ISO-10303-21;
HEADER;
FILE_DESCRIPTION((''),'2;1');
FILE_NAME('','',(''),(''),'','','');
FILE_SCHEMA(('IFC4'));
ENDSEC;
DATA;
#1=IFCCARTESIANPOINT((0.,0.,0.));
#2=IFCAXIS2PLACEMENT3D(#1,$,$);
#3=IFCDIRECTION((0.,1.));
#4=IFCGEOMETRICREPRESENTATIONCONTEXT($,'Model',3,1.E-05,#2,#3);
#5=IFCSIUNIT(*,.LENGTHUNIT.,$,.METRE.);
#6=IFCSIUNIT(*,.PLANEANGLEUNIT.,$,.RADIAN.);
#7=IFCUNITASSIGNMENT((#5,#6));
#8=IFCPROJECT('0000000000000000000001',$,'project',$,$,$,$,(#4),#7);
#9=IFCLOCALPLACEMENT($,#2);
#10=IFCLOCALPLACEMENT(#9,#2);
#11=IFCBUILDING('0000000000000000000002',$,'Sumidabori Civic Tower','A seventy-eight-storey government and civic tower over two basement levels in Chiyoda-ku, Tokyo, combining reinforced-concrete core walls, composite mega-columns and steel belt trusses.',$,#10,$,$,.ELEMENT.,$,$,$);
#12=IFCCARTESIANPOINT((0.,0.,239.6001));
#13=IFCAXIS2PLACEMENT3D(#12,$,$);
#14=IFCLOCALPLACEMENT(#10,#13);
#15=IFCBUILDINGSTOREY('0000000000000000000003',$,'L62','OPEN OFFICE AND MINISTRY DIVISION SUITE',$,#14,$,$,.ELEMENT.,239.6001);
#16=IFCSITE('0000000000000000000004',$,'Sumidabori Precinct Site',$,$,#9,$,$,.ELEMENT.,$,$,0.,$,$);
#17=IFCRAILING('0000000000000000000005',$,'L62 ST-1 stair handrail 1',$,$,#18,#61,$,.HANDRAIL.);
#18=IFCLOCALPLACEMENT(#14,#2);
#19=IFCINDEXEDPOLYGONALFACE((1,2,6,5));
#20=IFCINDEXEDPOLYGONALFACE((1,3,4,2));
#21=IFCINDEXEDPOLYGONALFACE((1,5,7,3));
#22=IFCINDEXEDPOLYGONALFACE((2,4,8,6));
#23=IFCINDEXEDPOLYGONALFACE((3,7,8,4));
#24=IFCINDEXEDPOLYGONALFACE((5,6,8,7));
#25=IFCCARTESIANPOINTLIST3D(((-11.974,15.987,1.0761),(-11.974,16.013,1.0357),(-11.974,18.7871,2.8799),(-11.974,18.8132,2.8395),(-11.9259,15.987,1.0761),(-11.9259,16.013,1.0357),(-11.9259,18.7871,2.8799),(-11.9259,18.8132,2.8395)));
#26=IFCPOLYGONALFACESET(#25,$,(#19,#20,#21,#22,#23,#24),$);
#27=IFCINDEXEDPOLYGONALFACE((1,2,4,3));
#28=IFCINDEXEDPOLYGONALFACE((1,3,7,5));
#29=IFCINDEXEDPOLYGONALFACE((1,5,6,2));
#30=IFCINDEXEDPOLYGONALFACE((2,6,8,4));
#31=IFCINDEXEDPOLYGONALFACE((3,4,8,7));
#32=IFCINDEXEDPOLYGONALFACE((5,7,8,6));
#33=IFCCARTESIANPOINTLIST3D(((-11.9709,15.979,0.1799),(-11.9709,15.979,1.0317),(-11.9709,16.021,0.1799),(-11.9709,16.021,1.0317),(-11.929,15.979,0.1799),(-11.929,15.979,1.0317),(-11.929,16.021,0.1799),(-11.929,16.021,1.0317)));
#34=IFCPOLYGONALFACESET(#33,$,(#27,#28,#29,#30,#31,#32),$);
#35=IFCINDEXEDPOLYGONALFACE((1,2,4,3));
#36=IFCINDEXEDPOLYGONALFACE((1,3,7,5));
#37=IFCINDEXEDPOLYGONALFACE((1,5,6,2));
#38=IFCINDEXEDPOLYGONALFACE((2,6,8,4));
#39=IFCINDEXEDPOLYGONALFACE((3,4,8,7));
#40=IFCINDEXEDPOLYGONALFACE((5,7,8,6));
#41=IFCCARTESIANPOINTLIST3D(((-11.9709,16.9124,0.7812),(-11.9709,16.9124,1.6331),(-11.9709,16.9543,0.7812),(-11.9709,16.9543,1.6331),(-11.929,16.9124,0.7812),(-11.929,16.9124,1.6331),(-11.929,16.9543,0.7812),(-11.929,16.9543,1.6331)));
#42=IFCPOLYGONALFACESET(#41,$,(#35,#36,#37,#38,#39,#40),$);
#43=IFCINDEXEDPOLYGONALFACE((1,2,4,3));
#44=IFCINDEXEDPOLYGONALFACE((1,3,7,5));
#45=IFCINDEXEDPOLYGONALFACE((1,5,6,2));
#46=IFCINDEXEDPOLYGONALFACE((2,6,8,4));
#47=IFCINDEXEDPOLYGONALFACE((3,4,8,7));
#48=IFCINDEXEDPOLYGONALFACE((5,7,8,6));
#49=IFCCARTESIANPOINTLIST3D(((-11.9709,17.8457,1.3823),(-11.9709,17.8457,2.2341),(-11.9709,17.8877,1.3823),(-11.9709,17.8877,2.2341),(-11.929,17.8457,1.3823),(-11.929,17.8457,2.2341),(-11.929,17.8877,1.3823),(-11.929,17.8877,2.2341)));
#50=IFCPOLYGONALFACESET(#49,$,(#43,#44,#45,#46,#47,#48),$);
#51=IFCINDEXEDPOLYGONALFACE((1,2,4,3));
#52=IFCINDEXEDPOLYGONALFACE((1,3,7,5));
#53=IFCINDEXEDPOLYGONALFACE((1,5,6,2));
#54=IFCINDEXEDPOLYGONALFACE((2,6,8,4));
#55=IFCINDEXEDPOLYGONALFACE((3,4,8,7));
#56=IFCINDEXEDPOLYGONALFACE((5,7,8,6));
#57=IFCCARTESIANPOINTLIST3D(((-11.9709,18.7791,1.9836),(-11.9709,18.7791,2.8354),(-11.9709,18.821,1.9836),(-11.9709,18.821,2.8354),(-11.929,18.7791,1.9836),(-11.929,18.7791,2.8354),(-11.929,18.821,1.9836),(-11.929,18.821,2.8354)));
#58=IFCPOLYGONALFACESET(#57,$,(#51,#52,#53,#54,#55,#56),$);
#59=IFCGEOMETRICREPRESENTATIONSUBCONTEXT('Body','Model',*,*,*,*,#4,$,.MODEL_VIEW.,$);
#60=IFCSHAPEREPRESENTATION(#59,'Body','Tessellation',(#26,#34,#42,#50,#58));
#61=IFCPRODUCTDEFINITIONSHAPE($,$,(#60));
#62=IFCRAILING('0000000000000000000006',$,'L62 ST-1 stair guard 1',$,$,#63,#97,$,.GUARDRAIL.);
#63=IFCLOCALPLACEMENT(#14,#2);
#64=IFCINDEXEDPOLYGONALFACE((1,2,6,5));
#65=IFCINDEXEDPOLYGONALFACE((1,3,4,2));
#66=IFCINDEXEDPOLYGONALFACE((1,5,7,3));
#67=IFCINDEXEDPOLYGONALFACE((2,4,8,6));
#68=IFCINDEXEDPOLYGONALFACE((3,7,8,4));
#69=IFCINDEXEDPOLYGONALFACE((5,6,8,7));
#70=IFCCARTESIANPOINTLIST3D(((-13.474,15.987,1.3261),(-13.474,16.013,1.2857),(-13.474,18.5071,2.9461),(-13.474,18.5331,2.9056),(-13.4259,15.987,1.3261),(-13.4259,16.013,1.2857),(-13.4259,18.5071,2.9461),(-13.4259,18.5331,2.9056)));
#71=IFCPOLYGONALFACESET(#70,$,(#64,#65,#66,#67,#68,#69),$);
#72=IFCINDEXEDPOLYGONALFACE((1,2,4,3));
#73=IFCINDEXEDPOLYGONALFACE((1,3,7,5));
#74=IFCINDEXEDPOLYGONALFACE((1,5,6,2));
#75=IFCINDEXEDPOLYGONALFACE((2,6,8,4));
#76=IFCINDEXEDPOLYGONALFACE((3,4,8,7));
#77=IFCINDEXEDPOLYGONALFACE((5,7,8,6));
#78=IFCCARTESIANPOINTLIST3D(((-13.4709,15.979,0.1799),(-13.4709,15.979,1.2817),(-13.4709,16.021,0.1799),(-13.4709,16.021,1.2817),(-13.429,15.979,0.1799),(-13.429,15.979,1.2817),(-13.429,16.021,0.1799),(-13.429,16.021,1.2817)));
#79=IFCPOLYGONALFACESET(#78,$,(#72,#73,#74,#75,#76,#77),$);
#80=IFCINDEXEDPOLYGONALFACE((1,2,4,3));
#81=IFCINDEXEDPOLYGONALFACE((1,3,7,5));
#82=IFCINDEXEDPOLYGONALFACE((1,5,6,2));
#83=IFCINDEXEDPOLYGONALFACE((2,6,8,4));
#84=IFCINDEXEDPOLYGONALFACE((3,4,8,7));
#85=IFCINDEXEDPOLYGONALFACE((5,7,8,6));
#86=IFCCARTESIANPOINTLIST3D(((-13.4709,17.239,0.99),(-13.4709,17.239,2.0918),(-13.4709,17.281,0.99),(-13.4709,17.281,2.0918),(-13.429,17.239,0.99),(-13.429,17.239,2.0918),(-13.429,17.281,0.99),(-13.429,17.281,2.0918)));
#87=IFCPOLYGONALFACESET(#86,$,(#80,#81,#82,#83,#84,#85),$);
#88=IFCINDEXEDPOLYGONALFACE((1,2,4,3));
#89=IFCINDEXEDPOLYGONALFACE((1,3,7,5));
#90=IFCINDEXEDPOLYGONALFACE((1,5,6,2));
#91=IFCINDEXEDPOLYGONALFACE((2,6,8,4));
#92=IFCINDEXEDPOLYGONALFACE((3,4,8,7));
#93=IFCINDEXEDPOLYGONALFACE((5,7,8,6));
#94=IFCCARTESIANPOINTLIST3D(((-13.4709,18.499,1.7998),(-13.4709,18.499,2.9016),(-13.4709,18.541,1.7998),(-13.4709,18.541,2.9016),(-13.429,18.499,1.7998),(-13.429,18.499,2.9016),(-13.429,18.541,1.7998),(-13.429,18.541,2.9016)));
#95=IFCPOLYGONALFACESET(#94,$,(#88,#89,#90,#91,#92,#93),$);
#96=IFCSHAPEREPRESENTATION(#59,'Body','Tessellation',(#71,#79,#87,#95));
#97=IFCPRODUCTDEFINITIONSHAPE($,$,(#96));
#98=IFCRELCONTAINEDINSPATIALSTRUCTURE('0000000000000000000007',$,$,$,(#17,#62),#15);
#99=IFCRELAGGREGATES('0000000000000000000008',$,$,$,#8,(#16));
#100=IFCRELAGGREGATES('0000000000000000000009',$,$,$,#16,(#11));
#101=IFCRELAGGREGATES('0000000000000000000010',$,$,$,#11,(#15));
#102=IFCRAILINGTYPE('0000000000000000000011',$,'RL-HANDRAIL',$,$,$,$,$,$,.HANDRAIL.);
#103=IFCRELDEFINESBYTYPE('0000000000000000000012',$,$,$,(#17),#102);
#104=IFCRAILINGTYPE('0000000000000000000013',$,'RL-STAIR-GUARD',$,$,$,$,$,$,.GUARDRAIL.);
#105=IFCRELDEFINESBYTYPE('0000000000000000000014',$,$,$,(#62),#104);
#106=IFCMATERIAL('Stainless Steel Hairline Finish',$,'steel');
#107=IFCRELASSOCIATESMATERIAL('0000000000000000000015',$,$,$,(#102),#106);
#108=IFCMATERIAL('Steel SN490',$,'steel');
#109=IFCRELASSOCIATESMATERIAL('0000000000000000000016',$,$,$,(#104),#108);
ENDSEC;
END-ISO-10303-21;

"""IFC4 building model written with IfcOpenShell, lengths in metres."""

from ifc_helpers import new_model, si_unit, direction, frame, origin, origin_2d, place, context, subcontext, project, spatial, rectangle, extrude, material, type_object, element, save


model = new_model("IFC4")

# Units and contexts
model_context = context("Model", 3, precision=1e-05, world=origin(), true_north=direction((0.0, 1.0)))
body_context = subcontext(model_context, "Body", "Model", "MODEL_VIEW")
ifc_project = project(units=[si_unit("LENGTHUNIT", "METRE"), si_unit("PLANEANGLEUNIT", "RADIAN")], contexts=[model_context])

# Site, building, storey
site_placement = place(None, origin())
site = spatial("IfcSite", under=ifc_project, at=site_placement, Name="Sumidabori Precinct Site", CompositionType="ELEMENT", RefElevation=0.0)
building_placement = place(site_placement, origin())
building = spatial("IfcBuilding", under=site, at=building_placement, Name="Sumidabori Civic Tower", Description="A seventy-eight-storey government and civic tower over two basement levels in Chiyoda-ku, Tokyo, combining reinforced-concrete core walls, composite mega-columns and steel belt trusses.", CompositionType="ELEMENT")
storey_placement = place(building_placement, frame((0.0, 0.0, 239.6001)))
storey = spatial("IfcBuildingStorey", under=building, at=storey_placement, Name="L62", Description="OPEN OFFICE AND MINISTRY DIVISION SUITE", CompositionType="ELEMENT", Elevation=239.6001)

# Shared definitions
ifc_material_1 = material(Name="Stainless Steel Hairline Finish", Category="steel")

# Shared definitions
ifc_material_2 = material(Name="Steel SN490", Category="steel")

# Railings
railing_type_1 = type_object("IfcRailingType", Name="RL-HANDRAIL", PredefinedType="HANDRAIL", material=ifc_material_1)
railing_1_placement = place(storey_placement, frame((-11.95, 16.0, 0.1799)))
element("IfcRailing", 1, at=railing_1_placement, inside=storey, type_object=railing_type_1, Name="L62 ST-1 stair handrail 1", PredefinedType="HANDRAIL", context=body_context, shape_type="SweptSolid", body=[
    extrude(rectangle(XDim=0.0481, YDim=0.0481, at=origin_2d()), frame((0.0, 0.0, 0.876), z_axis=(0.0, 0.840676, 0.541539), x_axis=(-1.0, 0.0, 0.0)), (0.0, 0.0, 1.0), 3.3308),
    extrude(rectangle(XDim=0.042, YDim=0.042, at=origin_2d()), origin(), (0.0, 0.0, 1.0), 0.8518),
    extrude(rectangle(XDim=0.042, YDim=0.042, at=origin_2d()), frame((0.0, 0.9333, 0.6013)), (0.0, 0.0, 1.0), 0.8518),
    extrude(rectangle(XDim=0.042, YDim=0.042, at=origin_2d()), frame((0.0, 1.8667, 1.2024)), (0.0, 0.0, 1.0), 0.8518),
    extrude(rectangle(XDim=0.042, YDim=0.042, at=origin_2d()), frame((0.0, 2.8, 1.8037)), (0.0, 0.0, 1.0), 0.8518),
])
railing_type_2 = type_object("IfcRailingType", Name="RL-STAIR-GUARD", PredefinedType="GUARDRAIL", material=ifc_material_2)
railing_2_placement = place(storey_placement, frame((-13.45, 16.0, 0.1799)))
element("IfcRailing", 2, at=railing_2_placement, inside=storey, type_object=railing_type_2, Name="L62 ST-1 stair guard 1", PredefinedType="GUARDRAIL", context=body_context, shape_type="SweptSolid", body=[
    extrude(rectangle(XDim=0.0481, YDim=0.0481, at=origin_2d()), frame((0.0, 0.0, 1.126), z_axis=(0.0, 0.8412, 0.540725), x_axis=(-1.0, 0.0, 0.0)), (0.0, 0.0, 1.0), 2.9958),
    extrude(rectangle(XDim=0.042, YDim=0.042, at=origin_2d()), origin(), (0.0, 0.0, 1.0), 1.1018),
    extrude(rectangle(XDim=0.042, YDim=0.042, at=origin_2d()), frame((0.0, 1.26, 0.8101)), (0.0, 0.0, 1.0), 1.1018),
    extrude(rectangle(XDim=0.042, YDim=0.042, at=origin_2d()), frame((0.0, 2.52, 1.6199)), (0.0, 0.0, 1.0), 1.1018),
])

save(model, "model.ifc")
